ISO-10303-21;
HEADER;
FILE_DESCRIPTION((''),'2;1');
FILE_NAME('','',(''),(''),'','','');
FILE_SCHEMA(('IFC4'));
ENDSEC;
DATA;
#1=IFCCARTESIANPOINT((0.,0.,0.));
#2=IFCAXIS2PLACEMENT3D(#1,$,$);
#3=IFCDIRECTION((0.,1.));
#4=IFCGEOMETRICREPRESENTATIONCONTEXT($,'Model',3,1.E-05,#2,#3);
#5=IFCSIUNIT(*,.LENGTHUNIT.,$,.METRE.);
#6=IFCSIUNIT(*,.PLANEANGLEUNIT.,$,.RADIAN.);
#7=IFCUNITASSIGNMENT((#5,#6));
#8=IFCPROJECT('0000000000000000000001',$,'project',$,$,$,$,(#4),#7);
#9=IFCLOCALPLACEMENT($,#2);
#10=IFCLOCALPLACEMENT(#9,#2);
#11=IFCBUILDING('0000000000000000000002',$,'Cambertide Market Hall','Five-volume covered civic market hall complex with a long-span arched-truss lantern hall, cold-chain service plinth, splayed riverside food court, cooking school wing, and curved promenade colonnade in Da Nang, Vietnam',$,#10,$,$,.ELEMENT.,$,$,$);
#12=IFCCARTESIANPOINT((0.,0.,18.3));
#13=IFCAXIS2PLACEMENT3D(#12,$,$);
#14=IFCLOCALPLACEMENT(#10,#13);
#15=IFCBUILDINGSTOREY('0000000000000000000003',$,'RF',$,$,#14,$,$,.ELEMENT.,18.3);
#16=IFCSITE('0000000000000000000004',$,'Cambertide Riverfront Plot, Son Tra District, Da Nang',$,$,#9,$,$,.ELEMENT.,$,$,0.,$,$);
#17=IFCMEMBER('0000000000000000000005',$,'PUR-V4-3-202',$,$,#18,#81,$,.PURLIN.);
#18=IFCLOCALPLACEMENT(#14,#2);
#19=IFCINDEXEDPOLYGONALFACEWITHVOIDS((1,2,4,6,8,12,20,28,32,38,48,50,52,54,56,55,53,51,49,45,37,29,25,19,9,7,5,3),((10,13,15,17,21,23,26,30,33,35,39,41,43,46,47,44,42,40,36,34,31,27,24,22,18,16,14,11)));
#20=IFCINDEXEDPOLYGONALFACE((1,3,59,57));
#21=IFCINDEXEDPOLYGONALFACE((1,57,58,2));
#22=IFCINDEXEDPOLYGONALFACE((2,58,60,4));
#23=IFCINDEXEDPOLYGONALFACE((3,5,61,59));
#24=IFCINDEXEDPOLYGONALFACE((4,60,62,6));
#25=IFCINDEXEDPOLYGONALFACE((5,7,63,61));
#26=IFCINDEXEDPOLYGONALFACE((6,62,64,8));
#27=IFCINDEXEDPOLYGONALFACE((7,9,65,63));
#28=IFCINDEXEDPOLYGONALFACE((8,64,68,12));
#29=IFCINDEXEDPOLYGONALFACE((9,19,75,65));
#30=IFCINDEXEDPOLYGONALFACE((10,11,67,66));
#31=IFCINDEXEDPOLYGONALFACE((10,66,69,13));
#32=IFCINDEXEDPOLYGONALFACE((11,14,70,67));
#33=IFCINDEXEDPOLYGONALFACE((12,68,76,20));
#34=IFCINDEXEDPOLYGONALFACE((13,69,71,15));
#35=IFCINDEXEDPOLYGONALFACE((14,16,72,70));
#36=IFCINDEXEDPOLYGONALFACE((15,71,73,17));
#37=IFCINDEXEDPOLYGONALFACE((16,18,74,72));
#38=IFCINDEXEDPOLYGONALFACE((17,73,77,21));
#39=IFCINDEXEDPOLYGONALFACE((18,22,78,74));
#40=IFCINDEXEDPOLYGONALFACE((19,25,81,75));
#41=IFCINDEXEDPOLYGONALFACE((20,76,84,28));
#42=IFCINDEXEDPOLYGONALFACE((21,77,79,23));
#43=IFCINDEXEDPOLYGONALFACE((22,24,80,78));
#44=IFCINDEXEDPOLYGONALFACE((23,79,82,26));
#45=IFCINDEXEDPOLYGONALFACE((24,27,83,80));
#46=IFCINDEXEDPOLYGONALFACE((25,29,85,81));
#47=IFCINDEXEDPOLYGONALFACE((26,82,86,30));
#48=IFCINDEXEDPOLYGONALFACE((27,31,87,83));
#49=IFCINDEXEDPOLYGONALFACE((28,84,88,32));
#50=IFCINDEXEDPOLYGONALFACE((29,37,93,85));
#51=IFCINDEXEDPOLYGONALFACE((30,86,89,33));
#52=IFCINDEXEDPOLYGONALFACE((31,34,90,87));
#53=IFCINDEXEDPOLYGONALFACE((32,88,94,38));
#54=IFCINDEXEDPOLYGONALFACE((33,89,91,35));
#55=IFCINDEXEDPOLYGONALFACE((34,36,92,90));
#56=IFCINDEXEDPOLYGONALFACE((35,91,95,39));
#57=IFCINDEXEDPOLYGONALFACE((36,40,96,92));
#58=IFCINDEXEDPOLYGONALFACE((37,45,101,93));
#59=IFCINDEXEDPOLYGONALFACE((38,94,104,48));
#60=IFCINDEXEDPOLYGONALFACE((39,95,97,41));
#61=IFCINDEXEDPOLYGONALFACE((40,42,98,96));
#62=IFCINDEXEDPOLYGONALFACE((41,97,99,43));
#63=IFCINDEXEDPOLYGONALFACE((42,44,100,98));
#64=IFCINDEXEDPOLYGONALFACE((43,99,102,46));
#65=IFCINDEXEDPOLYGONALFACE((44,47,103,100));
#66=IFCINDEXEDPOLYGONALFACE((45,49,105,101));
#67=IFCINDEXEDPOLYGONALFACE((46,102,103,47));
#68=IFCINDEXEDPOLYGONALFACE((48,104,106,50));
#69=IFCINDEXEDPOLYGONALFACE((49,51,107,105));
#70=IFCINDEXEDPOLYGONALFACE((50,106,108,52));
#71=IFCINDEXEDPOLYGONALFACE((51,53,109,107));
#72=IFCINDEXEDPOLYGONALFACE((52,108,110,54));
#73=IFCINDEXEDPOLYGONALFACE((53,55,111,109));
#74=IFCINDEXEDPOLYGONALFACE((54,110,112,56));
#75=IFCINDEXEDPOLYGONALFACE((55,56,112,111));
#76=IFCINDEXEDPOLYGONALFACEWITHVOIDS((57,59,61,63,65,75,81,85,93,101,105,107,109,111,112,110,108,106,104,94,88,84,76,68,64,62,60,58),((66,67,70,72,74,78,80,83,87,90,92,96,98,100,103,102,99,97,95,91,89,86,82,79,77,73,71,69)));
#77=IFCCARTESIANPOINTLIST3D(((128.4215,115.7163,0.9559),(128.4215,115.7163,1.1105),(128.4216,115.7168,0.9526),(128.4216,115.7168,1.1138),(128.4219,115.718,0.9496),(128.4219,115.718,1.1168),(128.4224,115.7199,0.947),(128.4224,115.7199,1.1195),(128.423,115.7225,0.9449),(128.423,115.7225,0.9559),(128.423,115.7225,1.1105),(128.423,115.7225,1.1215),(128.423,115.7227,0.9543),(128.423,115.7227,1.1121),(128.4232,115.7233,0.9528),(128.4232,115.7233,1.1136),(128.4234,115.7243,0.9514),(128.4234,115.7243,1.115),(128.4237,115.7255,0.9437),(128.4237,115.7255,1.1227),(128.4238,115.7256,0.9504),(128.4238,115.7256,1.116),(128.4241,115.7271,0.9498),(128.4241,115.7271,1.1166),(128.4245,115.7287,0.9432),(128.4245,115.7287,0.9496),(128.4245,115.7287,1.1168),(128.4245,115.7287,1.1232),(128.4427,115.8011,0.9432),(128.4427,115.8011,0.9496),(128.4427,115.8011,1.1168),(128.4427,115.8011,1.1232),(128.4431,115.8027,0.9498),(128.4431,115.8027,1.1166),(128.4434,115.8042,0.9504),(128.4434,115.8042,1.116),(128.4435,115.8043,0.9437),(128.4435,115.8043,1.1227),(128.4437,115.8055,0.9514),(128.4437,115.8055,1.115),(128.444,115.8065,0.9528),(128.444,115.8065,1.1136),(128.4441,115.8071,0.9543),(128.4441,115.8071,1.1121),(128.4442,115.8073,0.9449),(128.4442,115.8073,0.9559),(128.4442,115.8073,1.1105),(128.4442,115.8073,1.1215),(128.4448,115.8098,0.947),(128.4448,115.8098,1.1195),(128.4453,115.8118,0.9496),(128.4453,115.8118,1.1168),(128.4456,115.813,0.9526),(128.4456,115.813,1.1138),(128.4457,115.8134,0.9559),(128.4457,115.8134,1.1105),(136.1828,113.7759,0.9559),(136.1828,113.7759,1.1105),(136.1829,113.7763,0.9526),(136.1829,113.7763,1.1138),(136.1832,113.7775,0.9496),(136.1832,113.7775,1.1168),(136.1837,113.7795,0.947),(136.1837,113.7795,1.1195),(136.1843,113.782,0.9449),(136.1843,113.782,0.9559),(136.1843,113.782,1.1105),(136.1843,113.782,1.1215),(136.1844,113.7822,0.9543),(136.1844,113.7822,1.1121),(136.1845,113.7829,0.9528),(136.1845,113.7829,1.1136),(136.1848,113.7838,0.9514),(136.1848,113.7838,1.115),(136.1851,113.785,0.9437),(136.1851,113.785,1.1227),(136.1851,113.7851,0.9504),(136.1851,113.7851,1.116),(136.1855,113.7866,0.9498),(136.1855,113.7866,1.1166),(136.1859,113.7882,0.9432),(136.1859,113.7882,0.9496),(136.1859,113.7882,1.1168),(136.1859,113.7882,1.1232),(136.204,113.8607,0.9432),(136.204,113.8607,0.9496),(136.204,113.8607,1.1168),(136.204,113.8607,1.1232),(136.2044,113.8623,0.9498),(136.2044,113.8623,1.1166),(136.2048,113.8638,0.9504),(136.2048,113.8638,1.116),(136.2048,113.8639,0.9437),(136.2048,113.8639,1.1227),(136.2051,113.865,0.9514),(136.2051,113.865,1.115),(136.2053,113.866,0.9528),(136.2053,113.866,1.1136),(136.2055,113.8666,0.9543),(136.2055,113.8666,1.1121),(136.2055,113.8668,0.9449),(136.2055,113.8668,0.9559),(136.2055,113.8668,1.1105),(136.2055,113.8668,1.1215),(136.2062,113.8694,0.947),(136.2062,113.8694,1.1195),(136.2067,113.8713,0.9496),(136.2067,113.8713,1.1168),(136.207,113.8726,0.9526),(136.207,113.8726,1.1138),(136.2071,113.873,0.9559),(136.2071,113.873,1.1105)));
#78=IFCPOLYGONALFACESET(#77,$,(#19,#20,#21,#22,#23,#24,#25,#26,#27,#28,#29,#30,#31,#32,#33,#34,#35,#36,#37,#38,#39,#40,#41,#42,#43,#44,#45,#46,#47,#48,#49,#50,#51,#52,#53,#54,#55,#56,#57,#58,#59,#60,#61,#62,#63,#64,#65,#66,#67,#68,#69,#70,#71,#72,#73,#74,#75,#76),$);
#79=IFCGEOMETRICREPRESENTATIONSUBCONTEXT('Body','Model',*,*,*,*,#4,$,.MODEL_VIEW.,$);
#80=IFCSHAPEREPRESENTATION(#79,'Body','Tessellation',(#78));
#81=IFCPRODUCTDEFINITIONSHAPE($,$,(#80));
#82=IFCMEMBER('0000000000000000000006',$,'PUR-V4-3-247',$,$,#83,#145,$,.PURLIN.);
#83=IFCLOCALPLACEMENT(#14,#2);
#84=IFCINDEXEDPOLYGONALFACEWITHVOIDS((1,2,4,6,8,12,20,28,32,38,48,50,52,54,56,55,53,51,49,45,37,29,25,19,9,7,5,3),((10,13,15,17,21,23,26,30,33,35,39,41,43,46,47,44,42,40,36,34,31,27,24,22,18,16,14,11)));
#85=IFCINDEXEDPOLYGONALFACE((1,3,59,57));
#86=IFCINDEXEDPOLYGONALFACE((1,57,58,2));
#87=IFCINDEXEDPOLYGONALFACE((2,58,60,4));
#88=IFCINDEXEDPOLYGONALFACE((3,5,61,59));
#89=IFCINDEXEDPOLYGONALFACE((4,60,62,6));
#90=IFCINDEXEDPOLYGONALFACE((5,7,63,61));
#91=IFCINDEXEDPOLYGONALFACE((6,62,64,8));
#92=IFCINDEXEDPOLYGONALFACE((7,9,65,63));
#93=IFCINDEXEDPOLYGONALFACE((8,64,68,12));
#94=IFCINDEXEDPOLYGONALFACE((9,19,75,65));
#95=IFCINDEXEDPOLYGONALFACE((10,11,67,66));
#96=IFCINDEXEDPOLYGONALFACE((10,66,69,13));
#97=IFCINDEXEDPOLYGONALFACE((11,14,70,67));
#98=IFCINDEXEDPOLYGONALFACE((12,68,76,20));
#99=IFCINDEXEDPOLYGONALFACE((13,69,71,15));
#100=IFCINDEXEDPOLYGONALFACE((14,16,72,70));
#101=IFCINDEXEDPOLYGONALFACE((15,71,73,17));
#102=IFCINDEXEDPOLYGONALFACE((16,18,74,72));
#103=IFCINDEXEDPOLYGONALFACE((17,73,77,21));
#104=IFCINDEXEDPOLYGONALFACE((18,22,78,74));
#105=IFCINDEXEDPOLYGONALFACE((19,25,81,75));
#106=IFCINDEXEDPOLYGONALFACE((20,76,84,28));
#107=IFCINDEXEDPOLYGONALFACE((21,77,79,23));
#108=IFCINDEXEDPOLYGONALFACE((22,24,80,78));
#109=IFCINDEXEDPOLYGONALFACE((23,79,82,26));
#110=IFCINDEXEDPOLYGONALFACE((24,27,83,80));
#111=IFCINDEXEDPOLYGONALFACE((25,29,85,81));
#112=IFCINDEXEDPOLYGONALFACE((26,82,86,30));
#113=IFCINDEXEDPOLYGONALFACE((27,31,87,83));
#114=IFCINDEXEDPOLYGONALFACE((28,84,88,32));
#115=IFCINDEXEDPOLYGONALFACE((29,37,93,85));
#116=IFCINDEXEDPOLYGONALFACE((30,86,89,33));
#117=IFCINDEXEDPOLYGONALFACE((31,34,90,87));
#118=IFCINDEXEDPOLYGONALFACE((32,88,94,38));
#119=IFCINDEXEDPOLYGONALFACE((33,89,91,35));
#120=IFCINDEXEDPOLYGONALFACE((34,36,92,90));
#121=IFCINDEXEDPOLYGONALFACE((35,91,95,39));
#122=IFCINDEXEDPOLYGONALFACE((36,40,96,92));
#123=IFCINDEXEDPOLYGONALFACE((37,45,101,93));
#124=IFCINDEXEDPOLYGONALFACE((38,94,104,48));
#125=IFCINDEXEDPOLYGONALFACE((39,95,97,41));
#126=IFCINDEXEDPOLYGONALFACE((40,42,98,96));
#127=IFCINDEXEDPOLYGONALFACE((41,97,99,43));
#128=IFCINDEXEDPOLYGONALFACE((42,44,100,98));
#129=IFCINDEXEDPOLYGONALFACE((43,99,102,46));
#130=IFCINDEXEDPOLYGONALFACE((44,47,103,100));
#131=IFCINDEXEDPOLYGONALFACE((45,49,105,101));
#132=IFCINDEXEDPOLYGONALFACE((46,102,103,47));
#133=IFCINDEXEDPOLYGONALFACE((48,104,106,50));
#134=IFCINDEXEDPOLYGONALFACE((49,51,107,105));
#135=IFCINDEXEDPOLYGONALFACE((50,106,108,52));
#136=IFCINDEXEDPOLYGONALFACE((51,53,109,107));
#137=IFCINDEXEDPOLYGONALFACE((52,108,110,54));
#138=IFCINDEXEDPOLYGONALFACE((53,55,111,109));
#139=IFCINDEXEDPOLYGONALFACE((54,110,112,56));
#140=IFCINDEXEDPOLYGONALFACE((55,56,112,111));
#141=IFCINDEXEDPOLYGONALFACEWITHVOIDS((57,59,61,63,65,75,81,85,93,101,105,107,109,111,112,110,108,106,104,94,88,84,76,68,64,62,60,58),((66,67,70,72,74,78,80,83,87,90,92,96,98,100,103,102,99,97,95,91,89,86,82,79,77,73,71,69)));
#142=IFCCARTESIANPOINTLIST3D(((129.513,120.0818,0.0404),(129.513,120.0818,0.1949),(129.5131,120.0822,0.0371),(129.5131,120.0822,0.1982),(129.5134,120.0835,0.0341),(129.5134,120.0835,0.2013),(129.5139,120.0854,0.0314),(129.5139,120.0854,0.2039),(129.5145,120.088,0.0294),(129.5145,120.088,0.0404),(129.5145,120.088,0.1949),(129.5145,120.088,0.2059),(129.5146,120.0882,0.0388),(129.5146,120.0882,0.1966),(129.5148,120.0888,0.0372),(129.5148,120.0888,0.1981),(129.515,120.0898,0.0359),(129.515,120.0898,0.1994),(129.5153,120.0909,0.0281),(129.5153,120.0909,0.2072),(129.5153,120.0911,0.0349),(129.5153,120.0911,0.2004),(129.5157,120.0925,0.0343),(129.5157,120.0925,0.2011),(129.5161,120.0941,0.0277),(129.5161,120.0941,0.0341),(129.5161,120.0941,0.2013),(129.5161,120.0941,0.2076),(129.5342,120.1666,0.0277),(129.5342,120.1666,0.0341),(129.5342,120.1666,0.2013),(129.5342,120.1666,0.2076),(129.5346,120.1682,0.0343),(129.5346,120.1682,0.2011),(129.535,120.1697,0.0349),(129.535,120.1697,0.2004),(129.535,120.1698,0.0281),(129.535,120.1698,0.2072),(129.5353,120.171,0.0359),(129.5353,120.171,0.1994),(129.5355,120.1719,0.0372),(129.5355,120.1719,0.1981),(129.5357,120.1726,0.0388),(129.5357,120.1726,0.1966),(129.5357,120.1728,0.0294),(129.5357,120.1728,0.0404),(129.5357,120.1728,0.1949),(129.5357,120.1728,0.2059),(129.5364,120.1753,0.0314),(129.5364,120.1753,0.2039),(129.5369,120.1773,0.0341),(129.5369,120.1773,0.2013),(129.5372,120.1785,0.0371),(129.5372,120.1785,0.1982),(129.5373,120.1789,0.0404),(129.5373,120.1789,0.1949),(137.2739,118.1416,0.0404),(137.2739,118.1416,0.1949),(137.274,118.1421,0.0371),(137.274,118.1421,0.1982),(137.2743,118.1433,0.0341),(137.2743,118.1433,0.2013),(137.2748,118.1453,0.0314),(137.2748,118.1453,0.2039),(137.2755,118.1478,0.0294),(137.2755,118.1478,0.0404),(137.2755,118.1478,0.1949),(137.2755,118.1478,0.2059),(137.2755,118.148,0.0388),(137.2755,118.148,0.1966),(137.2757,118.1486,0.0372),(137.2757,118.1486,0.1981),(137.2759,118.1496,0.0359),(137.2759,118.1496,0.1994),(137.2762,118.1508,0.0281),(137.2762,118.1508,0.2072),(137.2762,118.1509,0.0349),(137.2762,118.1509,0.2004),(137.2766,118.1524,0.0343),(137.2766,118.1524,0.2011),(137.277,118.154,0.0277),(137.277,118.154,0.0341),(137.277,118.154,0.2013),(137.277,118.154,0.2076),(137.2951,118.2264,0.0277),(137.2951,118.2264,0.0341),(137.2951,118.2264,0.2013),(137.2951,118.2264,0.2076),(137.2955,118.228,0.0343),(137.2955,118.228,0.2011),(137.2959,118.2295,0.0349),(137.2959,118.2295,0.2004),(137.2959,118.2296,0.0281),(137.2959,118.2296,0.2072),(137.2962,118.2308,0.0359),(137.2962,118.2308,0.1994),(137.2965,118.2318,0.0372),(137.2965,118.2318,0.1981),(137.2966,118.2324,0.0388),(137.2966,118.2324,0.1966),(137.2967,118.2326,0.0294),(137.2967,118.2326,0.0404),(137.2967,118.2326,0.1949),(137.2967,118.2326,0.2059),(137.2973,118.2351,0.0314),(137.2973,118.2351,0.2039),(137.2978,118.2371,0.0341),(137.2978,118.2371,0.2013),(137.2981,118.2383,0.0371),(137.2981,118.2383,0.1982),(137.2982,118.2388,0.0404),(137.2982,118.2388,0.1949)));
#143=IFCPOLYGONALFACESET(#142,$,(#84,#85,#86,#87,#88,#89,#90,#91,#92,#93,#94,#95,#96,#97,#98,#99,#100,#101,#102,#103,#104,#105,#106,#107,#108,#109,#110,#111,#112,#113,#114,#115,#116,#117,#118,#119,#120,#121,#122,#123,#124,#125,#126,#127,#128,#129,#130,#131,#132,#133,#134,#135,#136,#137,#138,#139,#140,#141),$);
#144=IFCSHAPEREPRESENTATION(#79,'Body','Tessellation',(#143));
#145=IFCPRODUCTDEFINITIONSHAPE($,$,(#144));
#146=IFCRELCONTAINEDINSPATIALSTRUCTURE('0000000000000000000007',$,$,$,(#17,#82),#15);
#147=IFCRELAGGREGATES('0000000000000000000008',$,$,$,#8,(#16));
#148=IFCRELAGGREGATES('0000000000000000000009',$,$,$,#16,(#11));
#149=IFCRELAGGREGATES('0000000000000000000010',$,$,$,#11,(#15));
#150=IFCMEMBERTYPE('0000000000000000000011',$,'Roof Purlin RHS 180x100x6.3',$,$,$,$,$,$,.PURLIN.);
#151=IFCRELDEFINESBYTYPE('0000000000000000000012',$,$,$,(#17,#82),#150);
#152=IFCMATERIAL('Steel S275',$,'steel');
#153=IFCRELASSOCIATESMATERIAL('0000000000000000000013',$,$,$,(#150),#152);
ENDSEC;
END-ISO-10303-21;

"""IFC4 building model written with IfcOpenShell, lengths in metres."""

from ifc_helpers import new_model, si_unit, direction, frame, origin, origin_2d, place, context, subcontext, project, spatial, hollow_rectangle, extrude, material, material_profile, profile_set, type_object, element, save


model = new_model("IFC4")

# Units and contexts
model_context = context("Model", 3, precision=1e-05, world=origin(), true_north=direction((0.0, 1.0)))
body_context = subcontext(model_context, "Body", "Model", "MODEL_VIEW")
ifc_project = project(units=[si_unit("LENGTHUNIT", "METRE"), si_unit("PLANEANGLEUNIT", "RADIAN")], contexts=[model_context])

# Site, building, storey
site_placement = place(None, origin())
site = spatial("IfcSite", under=ifc_project, at=site_placement, Name="Cambertide Riverfront Plot, Son Tra District, Da Nang", CompositionType="ELEMENT", RefElevation=0.0)
building_placement = place(site_placement, origin())
building = spatial("IfcBuilding", under=site, at=building_placement, Name="Cambertide Market Hall", Description="Five-volume covered civic market hall complex with a long-span arched-truss lantern hall, cold-chain service plinth, splayed riverside food court, cooking school wing, and curved promenade colonnade in Da Nang, Vietnam", CompositionType="ELEMENT")
storey_placement = place(building_placement, frame((0.0, 0.0, 18.3)))
storey = spatial("IfcBuildingStorey", under=building, at=storey_placement, Name="RF", CompositionType="ELEMENT", Elevation=18.3)

# Members
ifc_material_1 = material(Name="Steel S275", Category="steel")
ifc_material_profile_1 = material_profile(ifc_material_1, hollow_rectangle(XDim=0.1001, YDim=0.1799, WallThickness=0.0063, InnerFilletRadius=0.0063, OuterFilletRadius=0.0127, at=origin_2d()), Name="RHS 180x100x6.3")
ifc_profile_set_1 = profile_set([ifc_material_profile_1], Name="Steel S275")
member_type_1 = type_object("IfcMemberType", Name="Roof Purlin RHS 180x100x6.3", PredefinedType="PURLIN", material=ifc_profile_set_1)
member_1_placement = place(storey_placement, frame((128.4336, 115.7649, 1.0332), z_axis=(0.970139, -0.24255, 0.0), x_axis=(0.24255, 0.970139, 0.0)))
element("IfcMember", 1, at=member_1_placement, inside=storey, type_object=member_type_1, Name="PUR-V4-3-202", PredefinedType="PURLIN", context=body_context, shape_type="SweptSolid", body=[
    extrude(hollow_rectangle(XDim=0.1001, YDim=0.1799, WallThickness=0.0063, InnerFilletRadius=0.0063, OuterFilletRadius=0.0127, at=origin_2d()), origin(), (0.0, 0.0, 1.0), 8.0002),
])
member_2_placement = place(storey_placement, frame((129.5251, 120.1304, 0.1177), z_axis=(0.970144, -0.242528, 0.0), x_axis=(0.242528, 0.970144, 0.0)))
element("IfcMember", 2, at=member_2_placement, inside=storey, type_object=member_type_1, Name="PUR-V4-3-247", PredefinedType="PURLIN", context=body_context, shape_type="SweptSolid", body=[
    extrude(hollow_rectangle(XDim=0.1001, YDim=0.1799, WallThickness=0.0063, InnerFilletRadius=0.0063, OuterFilletRadius=0.0127, at=origin_2d()), origin(), (0.0, 0.0, 1.0), 7.9998),
])

save(model, "model.ifc")
